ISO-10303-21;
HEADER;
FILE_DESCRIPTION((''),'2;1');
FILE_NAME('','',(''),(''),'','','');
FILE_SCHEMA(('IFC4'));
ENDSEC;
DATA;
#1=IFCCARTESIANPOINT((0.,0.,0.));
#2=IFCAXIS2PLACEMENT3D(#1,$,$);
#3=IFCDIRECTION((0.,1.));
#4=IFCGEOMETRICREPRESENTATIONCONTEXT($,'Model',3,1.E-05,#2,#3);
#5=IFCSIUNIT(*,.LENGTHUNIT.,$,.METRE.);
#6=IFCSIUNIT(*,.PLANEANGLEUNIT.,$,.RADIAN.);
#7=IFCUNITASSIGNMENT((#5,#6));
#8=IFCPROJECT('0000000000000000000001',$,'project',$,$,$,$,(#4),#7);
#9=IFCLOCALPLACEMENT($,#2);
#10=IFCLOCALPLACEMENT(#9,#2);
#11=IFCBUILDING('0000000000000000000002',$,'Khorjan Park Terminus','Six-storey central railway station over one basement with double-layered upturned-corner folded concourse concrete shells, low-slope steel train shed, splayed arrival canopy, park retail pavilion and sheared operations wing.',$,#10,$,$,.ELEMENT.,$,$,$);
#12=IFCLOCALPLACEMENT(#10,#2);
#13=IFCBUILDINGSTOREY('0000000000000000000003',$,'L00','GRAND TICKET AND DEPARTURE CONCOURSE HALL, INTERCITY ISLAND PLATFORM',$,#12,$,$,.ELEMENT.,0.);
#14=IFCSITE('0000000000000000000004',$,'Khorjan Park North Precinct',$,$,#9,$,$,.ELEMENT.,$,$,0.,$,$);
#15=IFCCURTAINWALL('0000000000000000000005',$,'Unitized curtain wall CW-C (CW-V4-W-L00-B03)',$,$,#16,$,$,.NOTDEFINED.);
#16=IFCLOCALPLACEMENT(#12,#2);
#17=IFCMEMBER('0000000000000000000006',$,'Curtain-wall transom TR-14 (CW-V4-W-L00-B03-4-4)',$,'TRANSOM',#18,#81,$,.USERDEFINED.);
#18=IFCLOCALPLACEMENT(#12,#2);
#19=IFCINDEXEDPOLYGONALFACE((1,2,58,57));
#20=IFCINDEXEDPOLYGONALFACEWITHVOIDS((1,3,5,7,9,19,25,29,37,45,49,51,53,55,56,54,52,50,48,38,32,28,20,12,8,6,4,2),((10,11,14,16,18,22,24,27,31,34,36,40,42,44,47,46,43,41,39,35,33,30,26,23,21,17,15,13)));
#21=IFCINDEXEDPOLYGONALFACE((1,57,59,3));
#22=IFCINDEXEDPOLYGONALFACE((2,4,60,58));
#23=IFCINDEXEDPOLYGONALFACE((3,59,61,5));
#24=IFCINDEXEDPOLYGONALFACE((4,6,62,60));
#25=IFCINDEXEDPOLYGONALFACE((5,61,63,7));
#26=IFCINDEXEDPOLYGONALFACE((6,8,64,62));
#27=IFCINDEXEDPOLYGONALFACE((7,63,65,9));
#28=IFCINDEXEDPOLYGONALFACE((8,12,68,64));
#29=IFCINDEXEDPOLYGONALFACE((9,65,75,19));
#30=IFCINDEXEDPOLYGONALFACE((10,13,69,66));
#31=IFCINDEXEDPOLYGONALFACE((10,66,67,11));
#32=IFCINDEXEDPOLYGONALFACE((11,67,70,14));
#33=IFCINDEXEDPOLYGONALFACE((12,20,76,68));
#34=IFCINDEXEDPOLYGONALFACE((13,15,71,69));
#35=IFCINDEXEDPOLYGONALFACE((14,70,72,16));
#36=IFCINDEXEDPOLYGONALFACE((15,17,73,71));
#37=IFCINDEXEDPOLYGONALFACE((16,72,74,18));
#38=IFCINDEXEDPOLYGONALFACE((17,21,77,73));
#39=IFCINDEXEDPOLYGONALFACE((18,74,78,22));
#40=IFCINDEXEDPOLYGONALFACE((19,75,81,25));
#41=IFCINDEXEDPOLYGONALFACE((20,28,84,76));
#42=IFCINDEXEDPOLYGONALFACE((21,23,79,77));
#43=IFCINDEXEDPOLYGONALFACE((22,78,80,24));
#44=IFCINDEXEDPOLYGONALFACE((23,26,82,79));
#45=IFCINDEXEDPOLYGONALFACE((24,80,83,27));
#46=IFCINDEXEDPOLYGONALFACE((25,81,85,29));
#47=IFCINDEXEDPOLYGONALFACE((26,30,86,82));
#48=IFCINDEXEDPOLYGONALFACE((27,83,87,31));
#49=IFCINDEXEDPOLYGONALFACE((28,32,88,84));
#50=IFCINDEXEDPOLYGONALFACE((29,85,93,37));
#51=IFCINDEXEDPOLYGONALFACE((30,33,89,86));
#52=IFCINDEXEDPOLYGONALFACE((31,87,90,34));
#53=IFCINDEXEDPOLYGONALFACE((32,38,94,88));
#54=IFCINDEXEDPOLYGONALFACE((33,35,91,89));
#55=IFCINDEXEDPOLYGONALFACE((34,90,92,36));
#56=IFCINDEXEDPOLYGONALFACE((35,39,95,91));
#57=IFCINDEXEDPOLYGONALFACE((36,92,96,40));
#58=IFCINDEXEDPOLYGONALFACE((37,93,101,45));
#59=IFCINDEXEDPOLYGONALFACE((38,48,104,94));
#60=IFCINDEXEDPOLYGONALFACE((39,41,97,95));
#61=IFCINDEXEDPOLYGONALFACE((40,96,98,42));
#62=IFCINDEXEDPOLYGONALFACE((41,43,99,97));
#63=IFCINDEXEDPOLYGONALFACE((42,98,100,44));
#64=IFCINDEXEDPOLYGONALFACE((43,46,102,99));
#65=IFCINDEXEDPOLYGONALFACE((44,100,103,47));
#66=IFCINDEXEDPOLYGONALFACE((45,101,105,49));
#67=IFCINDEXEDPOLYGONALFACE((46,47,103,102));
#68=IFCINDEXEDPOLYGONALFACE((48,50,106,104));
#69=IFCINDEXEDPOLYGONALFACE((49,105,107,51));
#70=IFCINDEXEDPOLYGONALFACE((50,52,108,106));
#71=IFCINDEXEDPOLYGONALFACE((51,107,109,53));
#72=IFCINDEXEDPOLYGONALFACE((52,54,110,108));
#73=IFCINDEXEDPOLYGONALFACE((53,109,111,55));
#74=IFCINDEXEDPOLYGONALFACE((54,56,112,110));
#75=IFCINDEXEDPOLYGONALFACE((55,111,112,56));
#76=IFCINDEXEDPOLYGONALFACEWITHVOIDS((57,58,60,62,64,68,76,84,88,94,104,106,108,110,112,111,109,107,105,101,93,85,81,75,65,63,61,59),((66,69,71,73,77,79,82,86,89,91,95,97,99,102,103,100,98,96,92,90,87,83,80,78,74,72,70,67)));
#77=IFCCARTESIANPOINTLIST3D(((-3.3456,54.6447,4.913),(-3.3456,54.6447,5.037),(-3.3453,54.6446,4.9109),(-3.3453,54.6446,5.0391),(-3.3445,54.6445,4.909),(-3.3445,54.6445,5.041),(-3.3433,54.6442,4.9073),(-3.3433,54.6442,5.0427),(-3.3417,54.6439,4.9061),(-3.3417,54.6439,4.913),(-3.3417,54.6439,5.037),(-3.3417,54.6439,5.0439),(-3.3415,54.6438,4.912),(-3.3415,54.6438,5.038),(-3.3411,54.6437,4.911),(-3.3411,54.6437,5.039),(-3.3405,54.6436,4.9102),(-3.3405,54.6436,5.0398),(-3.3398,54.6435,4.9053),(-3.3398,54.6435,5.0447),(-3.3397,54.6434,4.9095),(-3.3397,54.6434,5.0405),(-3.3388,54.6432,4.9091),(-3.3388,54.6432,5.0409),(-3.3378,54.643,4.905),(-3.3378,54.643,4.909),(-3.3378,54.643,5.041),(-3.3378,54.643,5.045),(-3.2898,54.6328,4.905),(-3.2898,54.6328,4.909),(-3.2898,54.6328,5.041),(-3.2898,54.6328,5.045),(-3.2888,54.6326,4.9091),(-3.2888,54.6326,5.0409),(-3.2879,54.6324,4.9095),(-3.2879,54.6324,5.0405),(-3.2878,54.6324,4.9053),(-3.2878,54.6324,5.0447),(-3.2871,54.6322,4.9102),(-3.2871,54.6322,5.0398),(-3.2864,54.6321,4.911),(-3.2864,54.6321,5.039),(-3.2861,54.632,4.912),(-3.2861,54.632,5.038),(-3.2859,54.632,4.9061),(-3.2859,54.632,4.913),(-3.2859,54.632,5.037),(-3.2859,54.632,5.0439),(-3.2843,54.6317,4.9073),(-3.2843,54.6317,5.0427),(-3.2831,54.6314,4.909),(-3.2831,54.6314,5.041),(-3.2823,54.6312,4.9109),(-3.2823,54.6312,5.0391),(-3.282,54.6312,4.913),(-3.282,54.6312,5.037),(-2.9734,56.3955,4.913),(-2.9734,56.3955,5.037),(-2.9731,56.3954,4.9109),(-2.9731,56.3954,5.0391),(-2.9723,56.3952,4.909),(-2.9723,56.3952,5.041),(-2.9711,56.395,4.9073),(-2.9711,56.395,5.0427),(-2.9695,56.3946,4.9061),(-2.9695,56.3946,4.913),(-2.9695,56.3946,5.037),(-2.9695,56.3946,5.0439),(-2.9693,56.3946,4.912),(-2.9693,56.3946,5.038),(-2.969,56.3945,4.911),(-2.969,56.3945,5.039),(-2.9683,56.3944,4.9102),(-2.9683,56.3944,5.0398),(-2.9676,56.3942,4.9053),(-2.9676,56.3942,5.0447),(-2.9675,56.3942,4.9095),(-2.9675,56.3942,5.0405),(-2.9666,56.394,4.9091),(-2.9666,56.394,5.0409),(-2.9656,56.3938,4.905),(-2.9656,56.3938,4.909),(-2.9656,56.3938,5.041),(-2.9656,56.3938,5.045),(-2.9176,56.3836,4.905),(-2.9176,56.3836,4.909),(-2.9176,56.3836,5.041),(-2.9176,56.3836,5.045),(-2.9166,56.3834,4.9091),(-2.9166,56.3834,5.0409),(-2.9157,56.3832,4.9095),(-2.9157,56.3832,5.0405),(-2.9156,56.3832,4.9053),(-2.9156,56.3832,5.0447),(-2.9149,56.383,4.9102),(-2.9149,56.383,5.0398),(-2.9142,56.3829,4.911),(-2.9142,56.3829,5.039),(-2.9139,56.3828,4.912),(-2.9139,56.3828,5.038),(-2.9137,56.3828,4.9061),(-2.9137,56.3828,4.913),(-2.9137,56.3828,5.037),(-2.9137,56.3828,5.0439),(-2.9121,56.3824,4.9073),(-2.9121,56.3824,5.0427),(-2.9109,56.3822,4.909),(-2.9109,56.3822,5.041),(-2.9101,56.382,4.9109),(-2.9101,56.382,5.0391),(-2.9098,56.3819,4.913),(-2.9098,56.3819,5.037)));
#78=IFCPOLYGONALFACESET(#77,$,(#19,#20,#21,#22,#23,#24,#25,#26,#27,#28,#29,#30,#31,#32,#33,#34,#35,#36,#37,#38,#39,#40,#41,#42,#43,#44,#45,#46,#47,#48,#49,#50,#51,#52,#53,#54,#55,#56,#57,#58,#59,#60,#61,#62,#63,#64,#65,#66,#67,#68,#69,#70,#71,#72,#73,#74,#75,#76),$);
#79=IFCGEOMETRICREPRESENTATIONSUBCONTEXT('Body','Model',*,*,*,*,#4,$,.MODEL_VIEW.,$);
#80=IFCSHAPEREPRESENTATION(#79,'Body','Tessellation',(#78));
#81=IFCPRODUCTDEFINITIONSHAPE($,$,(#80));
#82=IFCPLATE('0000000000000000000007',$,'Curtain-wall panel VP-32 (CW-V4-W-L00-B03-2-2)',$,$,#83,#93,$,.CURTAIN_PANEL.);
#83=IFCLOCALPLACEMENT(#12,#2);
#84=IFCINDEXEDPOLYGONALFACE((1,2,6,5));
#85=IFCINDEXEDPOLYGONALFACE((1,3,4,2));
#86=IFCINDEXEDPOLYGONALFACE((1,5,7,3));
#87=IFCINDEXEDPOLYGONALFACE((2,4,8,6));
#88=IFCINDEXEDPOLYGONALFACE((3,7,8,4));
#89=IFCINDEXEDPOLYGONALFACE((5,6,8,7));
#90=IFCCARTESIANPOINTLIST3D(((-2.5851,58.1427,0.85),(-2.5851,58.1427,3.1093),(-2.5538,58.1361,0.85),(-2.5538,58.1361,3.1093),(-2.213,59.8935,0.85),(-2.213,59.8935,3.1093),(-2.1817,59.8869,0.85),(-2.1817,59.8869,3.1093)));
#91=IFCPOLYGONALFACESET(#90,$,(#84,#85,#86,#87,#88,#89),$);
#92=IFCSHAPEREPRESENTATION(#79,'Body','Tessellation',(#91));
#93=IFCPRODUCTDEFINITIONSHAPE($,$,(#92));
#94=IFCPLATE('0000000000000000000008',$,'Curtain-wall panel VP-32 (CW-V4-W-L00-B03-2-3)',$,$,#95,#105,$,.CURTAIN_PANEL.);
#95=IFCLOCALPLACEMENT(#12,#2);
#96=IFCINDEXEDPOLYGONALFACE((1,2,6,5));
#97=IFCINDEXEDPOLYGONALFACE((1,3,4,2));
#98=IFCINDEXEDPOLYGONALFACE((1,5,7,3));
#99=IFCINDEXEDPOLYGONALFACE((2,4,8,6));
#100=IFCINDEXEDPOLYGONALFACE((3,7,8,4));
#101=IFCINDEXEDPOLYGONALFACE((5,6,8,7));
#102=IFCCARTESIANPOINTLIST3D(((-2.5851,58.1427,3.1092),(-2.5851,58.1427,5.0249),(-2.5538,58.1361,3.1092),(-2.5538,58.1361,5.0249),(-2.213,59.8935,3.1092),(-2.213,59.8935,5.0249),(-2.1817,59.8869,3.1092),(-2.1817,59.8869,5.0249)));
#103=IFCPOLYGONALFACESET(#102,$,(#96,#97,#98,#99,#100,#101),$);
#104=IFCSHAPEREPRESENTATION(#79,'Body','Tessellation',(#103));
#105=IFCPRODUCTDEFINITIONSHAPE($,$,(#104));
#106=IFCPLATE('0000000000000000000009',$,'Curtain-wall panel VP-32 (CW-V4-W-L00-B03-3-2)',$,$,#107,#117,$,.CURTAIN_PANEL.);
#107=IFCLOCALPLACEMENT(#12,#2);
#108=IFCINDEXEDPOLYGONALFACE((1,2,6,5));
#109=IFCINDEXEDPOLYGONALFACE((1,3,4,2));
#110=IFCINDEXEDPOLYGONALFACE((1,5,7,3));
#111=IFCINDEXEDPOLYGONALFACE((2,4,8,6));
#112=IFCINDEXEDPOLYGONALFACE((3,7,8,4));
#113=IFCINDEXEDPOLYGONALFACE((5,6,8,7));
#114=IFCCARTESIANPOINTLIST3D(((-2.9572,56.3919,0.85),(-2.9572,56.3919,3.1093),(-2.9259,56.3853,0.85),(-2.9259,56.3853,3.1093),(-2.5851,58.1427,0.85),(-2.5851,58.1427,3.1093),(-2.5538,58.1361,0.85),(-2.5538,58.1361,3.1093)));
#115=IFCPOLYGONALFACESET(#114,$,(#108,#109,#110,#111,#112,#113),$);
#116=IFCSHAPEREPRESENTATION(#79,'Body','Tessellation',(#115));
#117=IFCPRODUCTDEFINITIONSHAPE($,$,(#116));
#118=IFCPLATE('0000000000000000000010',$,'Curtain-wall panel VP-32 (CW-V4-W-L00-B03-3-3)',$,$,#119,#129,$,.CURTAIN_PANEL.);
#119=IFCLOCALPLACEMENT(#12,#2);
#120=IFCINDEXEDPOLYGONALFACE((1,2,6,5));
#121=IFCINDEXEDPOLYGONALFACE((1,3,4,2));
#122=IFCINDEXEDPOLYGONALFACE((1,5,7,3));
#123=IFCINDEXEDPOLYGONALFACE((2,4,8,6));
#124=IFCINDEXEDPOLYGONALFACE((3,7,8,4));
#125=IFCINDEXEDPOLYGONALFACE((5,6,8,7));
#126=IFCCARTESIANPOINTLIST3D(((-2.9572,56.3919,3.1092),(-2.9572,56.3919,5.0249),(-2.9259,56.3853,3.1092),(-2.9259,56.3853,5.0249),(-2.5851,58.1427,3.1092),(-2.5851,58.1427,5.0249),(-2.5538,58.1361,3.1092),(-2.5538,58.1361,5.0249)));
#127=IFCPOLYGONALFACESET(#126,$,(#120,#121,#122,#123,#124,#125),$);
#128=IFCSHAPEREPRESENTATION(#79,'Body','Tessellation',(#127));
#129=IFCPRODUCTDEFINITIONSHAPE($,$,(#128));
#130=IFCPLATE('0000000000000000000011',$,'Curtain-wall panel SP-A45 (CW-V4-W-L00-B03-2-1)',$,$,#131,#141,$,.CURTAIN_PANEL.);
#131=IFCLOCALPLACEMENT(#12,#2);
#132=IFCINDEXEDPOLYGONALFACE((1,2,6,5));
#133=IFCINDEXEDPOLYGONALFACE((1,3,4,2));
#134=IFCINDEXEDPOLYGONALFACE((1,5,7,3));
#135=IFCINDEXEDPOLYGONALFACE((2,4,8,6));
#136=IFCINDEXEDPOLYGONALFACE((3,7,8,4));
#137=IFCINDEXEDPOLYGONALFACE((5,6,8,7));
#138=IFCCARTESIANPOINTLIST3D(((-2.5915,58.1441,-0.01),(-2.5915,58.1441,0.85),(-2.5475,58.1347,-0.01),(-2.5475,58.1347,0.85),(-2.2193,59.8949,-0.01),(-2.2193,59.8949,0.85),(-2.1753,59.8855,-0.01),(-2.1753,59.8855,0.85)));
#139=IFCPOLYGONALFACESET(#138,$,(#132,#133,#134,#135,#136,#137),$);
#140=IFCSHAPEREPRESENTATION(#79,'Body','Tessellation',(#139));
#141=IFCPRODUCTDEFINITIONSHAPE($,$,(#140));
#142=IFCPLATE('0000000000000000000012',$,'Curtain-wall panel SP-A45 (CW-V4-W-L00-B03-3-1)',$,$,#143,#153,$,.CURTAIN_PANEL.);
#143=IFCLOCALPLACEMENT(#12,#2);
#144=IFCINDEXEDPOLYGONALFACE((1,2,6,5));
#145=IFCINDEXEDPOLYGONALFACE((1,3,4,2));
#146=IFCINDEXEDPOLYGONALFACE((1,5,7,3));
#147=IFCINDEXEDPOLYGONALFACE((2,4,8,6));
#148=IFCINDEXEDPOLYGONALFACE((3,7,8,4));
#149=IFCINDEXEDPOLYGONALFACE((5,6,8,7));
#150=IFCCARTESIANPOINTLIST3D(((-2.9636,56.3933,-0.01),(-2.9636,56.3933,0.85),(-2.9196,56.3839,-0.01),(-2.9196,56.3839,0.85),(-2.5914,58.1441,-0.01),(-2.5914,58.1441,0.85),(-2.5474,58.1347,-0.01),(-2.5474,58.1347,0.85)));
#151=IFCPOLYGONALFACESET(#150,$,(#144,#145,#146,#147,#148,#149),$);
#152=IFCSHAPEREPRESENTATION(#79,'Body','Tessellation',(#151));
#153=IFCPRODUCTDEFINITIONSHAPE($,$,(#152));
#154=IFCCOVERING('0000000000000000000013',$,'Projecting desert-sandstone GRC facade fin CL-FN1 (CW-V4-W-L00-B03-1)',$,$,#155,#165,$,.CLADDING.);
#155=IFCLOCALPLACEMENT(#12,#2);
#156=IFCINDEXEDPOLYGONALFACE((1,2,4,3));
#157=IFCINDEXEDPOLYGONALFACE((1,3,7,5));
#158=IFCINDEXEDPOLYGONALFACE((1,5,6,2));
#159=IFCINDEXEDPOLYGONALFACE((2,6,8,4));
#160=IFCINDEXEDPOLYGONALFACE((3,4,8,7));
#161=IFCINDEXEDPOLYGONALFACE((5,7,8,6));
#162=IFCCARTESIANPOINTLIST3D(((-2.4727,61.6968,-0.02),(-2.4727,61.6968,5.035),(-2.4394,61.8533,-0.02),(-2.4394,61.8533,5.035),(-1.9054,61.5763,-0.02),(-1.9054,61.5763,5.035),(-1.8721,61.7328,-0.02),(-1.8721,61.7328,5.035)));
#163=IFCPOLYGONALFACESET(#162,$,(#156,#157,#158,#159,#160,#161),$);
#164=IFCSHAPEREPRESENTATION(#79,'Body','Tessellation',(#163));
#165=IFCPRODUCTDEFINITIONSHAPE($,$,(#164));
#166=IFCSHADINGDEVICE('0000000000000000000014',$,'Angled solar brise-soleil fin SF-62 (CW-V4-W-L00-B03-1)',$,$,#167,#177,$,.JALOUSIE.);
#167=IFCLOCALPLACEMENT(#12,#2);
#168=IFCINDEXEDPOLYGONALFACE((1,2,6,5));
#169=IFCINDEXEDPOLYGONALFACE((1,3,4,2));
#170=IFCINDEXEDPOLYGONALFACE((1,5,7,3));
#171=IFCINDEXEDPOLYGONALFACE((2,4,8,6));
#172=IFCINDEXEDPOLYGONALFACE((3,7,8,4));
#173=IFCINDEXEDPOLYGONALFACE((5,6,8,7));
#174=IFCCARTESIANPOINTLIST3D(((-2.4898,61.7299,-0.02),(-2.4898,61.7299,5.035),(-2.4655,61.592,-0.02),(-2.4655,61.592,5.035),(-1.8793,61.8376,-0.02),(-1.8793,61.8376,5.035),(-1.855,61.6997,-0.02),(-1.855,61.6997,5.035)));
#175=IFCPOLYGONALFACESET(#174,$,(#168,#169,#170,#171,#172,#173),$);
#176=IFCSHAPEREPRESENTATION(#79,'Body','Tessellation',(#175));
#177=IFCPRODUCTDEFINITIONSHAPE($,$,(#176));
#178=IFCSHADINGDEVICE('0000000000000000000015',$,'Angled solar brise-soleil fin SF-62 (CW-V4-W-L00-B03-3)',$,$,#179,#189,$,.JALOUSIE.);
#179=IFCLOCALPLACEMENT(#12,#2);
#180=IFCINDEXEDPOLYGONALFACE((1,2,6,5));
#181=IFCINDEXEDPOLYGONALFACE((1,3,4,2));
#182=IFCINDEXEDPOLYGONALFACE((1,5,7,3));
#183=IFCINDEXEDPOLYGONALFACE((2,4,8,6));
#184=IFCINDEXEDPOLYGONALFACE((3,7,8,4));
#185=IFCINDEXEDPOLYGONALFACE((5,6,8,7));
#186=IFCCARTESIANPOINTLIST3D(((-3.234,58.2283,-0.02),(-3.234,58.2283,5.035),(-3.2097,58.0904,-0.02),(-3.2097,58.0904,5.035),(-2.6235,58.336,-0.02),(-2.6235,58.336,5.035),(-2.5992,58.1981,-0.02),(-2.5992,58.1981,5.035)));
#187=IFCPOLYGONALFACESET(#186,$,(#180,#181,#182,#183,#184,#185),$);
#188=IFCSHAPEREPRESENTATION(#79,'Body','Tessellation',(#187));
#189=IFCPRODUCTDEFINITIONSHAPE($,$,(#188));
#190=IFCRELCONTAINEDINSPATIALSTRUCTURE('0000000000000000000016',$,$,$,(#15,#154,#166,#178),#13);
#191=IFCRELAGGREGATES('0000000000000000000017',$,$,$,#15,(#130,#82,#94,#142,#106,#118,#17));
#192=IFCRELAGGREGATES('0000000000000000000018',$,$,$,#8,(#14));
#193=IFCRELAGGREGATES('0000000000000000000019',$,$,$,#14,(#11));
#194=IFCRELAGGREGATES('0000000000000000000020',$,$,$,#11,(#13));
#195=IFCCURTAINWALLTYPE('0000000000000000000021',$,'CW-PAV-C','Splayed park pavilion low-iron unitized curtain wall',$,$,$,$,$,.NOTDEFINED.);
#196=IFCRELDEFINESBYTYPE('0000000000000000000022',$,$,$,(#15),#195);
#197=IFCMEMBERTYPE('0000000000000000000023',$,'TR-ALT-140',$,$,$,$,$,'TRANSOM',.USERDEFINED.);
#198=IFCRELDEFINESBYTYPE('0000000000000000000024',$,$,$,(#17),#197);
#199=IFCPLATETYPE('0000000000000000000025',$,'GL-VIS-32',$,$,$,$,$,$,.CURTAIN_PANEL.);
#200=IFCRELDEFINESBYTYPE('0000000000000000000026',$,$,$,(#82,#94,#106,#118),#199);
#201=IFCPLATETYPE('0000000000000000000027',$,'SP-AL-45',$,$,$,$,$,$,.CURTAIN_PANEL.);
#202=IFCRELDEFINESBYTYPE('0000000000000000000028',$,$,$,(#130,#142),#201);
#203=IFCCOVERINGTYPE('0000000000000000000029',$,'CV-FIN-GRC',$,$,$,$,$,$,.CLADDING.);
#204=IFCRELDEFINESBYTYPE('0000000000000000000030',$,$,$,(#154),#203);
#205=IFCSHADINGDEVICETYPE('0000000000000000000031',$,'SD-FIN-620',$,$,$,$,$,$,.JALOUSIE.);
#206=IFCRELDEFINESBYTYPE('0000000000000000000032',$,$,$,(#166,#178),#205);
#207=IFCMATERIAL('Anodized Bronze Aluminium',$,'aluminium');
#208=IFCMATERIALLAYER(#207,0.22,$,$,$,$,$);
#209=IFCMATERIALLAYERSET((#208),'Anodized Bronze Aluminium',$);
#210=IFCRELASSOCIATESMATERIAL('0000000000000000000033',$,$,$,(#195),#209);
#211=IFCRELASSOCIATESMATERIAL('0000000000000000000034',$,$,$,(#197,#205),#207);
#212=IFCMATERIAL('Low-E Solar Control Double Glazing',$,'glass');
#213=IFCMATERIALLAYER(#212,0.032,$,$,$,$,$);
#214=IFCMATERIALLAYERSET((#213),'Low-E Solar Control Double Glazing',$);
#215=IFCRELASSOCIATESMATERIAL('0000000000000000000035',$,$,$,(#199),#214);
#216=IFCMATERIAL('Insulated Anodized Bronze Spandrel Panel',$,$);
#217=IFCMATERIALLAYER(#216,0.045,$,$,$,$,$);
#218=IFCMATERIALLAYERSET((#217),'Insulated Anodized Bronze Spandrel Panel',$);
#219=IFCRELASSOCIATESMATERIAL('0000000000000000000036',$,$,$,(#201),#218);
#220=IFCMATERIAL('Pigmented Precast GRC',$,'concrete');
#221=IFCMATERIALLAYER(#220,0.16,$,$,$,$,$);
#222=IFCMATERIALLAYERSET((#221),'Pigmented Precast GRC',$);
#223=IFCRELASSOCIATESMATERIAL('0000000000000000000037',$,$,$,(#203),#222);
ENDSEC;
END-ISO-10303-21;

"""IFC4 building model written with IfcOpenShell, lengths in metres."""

from ifc_helpers import new_model, si_unit, direction, frame, origin, origin_2d, place, context, subcontext, project, spatial, rectangle, hollow_rectangle, extrude, material, layer, layer_set, material_profile, profile_set, type_object, element, aggregate, save


model = new_model("IFC4")

# Units and contexts
model_context = context("Model", 3, precision=1e-05, world=origin(), true_north=direction((0.0, 1.0)))
body_context = subcontext(model_context, "Body", "Model", "MODEL_VIEW")
ifc_project = project(units=[si_unit("LENGTHUNIT", "METRE"), si_unit("PLANEANGLEUNIT", "RADIAN")], contexts=[model_context])

# Site, building, storey
site_placement = place(None, origin())
site = spatial("IfcSite", under=ifc_project, at=site_placement, Name="Khorjan Park North Precinct", CompositionType="ELEMENT", RefElevation=0.0)
building_placement = place(site_placement, origin())
building = spatial("IfcBuilding", under=site, at=building_placement, Name="Khorjan Park Terminus", Description="Six-storey central railway station over one basement with double-layered upturned-corner folded concourse concrete shells, low-slope steel train shed, splayed arrival canopy, park retail pavilion and sheared operations wing.", CompositionType="ELEMENT")
storey_placement = place(building_placement, origin())
storey = spatial("IfcBuildingStorey", under=building, at=storey_placement, Name="L00", Description="GRAND TICKET AND DEPARTURE CONCOURSE HALL, INTERCITY ISLAND PLATFORM", CompositionType="ELEMENT", Elevation=0.0)

# Curtain wall, member, plates
ifc_material_1 = material(Name="Anodized Bronze Aluminium", Category="aluminium")
ifc_layer_1 = layer(ifc_material_1, 0.22)
ifc_layer_set_1 = layer_set([ifc_layer_1], Name="Anodized Bronze Aluminium")
curtain_wall_type = type_object("IfcCurtainWallType", Name="CW-PAV-C", Description="Splayed park pavilion low-iron unitized curtain wall", PredefinedType="NOTDEFINED", material=ifc_layer_set_1)
curtain_wall_placement = place(storey_placement, origin())
curtain_wall = element("IfcCurtainWall", 1, at=curtain_wall_placement, inside=storey, type_object=curtain_wall_type, Name="Unitized curtain wall CW-C (CW-V4-W-L00-B03)", PredefinedType="NOTDEFINED")
ifc_material_profile_1 = material_profile(ifc_material_1, hollow_rectangle(XDim=0.065, YDim=0.14, WallThickness=0.004, InnerFilletRadius=0.004, OuterFilletRadius=0.008, at=origin_2d()), Name="ALT 65x140x4")
ifc_profile_set_1 = profile_set([ifc_material_profile_1], Name="Anodized Bronze Aluminium")
member_type_1 = type_object("IfcMemberType", Name="TR-ALT-140", ElementType="TRANSOM", PredefinedType="USERDEFINED", material=ifc_profile_set_1)
member_1_placement = place(storey_placement, frame((-2.9416, 56.3887, 4.975), z_axis=(-0.207942, -0.978141, 0.0), x_axis=(0.978141, -0.207942, 0.0)))
member_1 = element("IfcMember", 2, at=member_1_placement, type_object=member_type_1, Name="Curtain-wall transom TR-14 (CW-V4-W-L00-B03-4-4)", ObjectType="TRANSOM", PredefinedType="USERDEFINED", context=body_context, shape_type="SweptSolid", body=[
    extrude(hollow_rectangle(XDim=0.065, YDim=0.14, WallThickness=0.004, InnerFilletRadius=0.004, OuterFilletRadius=0.008, at=origin_2d()), origin(), (0.0, 0.0, 1.0), 1.7899),
])
ifc_material_2 = material(Name="Low-E Solar Control Double Glazing", Category="glass")
ifc_layer_2 = layer(ifc_material_2, 0.032)
ifc_layer_set_2 = layer_set([ifc_layer_2], Name="Low-E Solar Control Double Glazing")
plate_type_1 = type_object("IfcPlateType", Name="GL-VIS-32", PredefinedType="CURTAIN_PANEL", material=ifc_layer_set_2)
plate_1_placement = place(storey_placement, frame((-2.3834, 59.0148, 0.85), z_axis=(0.0, 0.0, 1.0), x_axis=(-0.207917, -0.978147, 0.0)))
plate_1 = element("IfcPlate", 3, at=plate_1_placement, type_object=plate_type_1, Name="Curtain-wall panel VP-32 (CW-V4-W-L00-B03-2-2)", PredefinedType="CURTAIN_PANEL", context=body_context, shape_type="SweptSolid", body=[
    extrude(rectangle(XDim=1.7899, YDim=0.032, at=origin_2d()), origin(), (0.0, 0.0, 1.0), 2.2593),
])
plate_2_placement = place(storey_placement, frame((-2.3834, 59.0148, 3.1092), z_axis=(0.0, 0.0, 1.0), x_axis=(-0.207917, -0.978147, 0.0)))
plate_2 = element("IfcPlate", 4, at=plate_2_placement, type_object=plate_type_1, Name="Curtain-wall panel VP-32 (CW-V4-W-L00-B03-2-3)", PredefinedType="CURTAIN_PANEL", context=body_context, shape_type="SweptSolid", body=[
    extrude(rectangle(XDim=1.7899, YDim=0.032, at=origin_2d()), origin(), (0.0, 0.0, 1.0), 1.9157),
])
plate_3_placement = place(storey_placement, frame((-2.7555, 57.264, 0.85), z_axis=(0.0, 0.0, 1.0), x_axis=(-0.207917, -0.978147, 0.0)))
plate_3 = element("IfcPlate", 5, at=plate_3_placement, type_object=plate_type_1, Name="Curtain-wall panel VP-32 (CW-V4-W-L00-B03-3-2)", PredefinedType="CURTAIN_PANEL", context=body_context, shape_type="SweptSolid", body=[
    extrude(rectangle(XDim=1.7899, YDim=0.032, at=origin_2d()), origin(), (0.0, 0.0, 1.0), 2.2593),
])
plate_4_placement = place(storey_placement, frame((-2.7555, 57.264, 3.1092), z_axis=(0.0, 0.0, 1.0), x_axis=(-0.207917, -0.978147, 0.0)))
plate_4 = element("IfcPlate", 6, at=plate_4_placement, type_object=plate_type_1, Name="Curtain-wall panel VP-32 (CW-V4-W-L00-B03-3-3)", PredefinedType="CURTAIN_PANEL", context=body_context, shape_type="SweptSolid", body=[
    extrude(rectangle(XDim=1.7899, YDim=0.032, at=origin_2d()), origin(), (0.0, 0.0, 1.0), 1.9157),
])
ifc_material_3 = material(Name="Insulated Anodized Bronze Spandrel Panel")
ifc_layer_3 = layer(ifc_material_3, 0.045)
ifc_layer_set_3 = layer_set([ifc_layer_3], Name="Insulated Anodized Bronze Spandrel Panel")
plate_type_2 = type_object("IfcPlateType", Name="SP-AL-45", PredefinedType="CURTAIN_PANEL", material=ifc_layer_set_3)
plate_5_placement = place(storey_placement, frame((-2.3834, 59.0148, -0.01), z_axis=(0.0, 0.0, 1.0), x_axis=(-0.207917, -0.978147, 0.0)))
plate_5 = element("IfcPlate", 7, at=plate_5_placement, type_object=plate_type_2, Name="Curtain-wall panel SP-A45 (CW-V4-W-L00-B03-2-1)", PredefinedType="CURTAIN_PANEL", context=body_context, shape_type="SweptSolid", body=[
    extrude(rectangle(XDim=1.7899, YDim=0.045, at=origin_2d()), origin(), (0.0, 0.0, 1.0), 0.86),
])
plate_6_placement = place(storey_placement, frame((-2.7555, 57.264, -0.01), z_axis=(0.0, 0.0, 1.0), x_axis=(-0.207917, -0.978147, 0.0)))
plate_6 = element("IfcPlate", 8, at=plate_6_placement, type_object=plate_type_2, Name="Curtain-wall panel SP-A45 (CW-V4-W-L00-B03-3-1)", PredefinedType="CURTAIN_PANEL", context=body_context, shape_type="SweptSolid", body=[
    extrude(rectangle(XDim=1.7899, YDim=0.045, at=origin_2d()), origin(), (0.0, 0.0, 1.0), 0.86),
])
aggregate(curtain_wall, [plate_5, plate_1, plate_2, plate_6, plate_3, plate_4, member_1])

# Covering
ifc_material_4 = material(Name="Pigmented Precast GRC", Category="concrete")
ifc_layer_4 = layer(ifc_material_4, 0.16)
ifc_layer_set_4 = layer_set([ifc_layer_4], Name="Pigmented Precast GRC")
covering_type = type_object("IfcCoveringType", Name="CV-FIN-GRC", PredefinedType="CLADDING", material=ifc_layer_set_4)
covering_placement = place(storey_placement, frame((-2.1724, 61.7148, -0.02), z_axis=(0.0, 0.0, 1.0), x_axis=(0.978148, -0.207912, 0.0)))
element("IfcCovering", 9, at=covering_placement, inside=storey, type_object=covering_type, Name="Projecting desert-sandstone GRC facade fin CL-FN1 (CW-V4-W-L00-B03-1)", PredefinedType="CLADDING", context=body_context, shape_type="SweptSolid", body=[
    extrude(rectangle(XDim=0.58, YDim=0.16, at=origin_2d()), origin(), (0.0, 0.0, 1.0), 5.055),
])

# Shading devices
shading_device_type = type_object("IfcShadingDeviceType", Name="SD-FIN-620", PredefinedType="JALOUSIE", material=ifc_material_1)
for number, where, z_axis, x_axis, name in (
    (10, (-2.1724, 61.7148, -0.02), (0.0, 0.0, 1.0), (0.984808, 0.173648, 0.0), "Angled solar brise-soleil fin SF-62 (CW-V4-W-L00-B03-1)"),
    (11, (-2.9166, 58.2132, -0.02), (0.0, 0.0, 1.0), (0.984808, 0.173648, 0.0), "Angled solar brise-soleil fin SF-62 (CW-V4-W-L00-B03-3)"),
):
    element("IfcShadingDevice", number, at=place(storey_placement, frame(where, z_axis=z_axis, x_axis=x_axis)), inside=storey, type_object=shading_device_type, Name=name, PredefinedType="JALOUSIE", context=body_context, shape_type="SweptSolid", body=[
        extrude(rectangle(XDim=0.62, YDim=0.14, at=origin_2d()), origin(), (0.0, 0.0, 1.0), 5.055),
    ])

save(model, "model.ifc")
